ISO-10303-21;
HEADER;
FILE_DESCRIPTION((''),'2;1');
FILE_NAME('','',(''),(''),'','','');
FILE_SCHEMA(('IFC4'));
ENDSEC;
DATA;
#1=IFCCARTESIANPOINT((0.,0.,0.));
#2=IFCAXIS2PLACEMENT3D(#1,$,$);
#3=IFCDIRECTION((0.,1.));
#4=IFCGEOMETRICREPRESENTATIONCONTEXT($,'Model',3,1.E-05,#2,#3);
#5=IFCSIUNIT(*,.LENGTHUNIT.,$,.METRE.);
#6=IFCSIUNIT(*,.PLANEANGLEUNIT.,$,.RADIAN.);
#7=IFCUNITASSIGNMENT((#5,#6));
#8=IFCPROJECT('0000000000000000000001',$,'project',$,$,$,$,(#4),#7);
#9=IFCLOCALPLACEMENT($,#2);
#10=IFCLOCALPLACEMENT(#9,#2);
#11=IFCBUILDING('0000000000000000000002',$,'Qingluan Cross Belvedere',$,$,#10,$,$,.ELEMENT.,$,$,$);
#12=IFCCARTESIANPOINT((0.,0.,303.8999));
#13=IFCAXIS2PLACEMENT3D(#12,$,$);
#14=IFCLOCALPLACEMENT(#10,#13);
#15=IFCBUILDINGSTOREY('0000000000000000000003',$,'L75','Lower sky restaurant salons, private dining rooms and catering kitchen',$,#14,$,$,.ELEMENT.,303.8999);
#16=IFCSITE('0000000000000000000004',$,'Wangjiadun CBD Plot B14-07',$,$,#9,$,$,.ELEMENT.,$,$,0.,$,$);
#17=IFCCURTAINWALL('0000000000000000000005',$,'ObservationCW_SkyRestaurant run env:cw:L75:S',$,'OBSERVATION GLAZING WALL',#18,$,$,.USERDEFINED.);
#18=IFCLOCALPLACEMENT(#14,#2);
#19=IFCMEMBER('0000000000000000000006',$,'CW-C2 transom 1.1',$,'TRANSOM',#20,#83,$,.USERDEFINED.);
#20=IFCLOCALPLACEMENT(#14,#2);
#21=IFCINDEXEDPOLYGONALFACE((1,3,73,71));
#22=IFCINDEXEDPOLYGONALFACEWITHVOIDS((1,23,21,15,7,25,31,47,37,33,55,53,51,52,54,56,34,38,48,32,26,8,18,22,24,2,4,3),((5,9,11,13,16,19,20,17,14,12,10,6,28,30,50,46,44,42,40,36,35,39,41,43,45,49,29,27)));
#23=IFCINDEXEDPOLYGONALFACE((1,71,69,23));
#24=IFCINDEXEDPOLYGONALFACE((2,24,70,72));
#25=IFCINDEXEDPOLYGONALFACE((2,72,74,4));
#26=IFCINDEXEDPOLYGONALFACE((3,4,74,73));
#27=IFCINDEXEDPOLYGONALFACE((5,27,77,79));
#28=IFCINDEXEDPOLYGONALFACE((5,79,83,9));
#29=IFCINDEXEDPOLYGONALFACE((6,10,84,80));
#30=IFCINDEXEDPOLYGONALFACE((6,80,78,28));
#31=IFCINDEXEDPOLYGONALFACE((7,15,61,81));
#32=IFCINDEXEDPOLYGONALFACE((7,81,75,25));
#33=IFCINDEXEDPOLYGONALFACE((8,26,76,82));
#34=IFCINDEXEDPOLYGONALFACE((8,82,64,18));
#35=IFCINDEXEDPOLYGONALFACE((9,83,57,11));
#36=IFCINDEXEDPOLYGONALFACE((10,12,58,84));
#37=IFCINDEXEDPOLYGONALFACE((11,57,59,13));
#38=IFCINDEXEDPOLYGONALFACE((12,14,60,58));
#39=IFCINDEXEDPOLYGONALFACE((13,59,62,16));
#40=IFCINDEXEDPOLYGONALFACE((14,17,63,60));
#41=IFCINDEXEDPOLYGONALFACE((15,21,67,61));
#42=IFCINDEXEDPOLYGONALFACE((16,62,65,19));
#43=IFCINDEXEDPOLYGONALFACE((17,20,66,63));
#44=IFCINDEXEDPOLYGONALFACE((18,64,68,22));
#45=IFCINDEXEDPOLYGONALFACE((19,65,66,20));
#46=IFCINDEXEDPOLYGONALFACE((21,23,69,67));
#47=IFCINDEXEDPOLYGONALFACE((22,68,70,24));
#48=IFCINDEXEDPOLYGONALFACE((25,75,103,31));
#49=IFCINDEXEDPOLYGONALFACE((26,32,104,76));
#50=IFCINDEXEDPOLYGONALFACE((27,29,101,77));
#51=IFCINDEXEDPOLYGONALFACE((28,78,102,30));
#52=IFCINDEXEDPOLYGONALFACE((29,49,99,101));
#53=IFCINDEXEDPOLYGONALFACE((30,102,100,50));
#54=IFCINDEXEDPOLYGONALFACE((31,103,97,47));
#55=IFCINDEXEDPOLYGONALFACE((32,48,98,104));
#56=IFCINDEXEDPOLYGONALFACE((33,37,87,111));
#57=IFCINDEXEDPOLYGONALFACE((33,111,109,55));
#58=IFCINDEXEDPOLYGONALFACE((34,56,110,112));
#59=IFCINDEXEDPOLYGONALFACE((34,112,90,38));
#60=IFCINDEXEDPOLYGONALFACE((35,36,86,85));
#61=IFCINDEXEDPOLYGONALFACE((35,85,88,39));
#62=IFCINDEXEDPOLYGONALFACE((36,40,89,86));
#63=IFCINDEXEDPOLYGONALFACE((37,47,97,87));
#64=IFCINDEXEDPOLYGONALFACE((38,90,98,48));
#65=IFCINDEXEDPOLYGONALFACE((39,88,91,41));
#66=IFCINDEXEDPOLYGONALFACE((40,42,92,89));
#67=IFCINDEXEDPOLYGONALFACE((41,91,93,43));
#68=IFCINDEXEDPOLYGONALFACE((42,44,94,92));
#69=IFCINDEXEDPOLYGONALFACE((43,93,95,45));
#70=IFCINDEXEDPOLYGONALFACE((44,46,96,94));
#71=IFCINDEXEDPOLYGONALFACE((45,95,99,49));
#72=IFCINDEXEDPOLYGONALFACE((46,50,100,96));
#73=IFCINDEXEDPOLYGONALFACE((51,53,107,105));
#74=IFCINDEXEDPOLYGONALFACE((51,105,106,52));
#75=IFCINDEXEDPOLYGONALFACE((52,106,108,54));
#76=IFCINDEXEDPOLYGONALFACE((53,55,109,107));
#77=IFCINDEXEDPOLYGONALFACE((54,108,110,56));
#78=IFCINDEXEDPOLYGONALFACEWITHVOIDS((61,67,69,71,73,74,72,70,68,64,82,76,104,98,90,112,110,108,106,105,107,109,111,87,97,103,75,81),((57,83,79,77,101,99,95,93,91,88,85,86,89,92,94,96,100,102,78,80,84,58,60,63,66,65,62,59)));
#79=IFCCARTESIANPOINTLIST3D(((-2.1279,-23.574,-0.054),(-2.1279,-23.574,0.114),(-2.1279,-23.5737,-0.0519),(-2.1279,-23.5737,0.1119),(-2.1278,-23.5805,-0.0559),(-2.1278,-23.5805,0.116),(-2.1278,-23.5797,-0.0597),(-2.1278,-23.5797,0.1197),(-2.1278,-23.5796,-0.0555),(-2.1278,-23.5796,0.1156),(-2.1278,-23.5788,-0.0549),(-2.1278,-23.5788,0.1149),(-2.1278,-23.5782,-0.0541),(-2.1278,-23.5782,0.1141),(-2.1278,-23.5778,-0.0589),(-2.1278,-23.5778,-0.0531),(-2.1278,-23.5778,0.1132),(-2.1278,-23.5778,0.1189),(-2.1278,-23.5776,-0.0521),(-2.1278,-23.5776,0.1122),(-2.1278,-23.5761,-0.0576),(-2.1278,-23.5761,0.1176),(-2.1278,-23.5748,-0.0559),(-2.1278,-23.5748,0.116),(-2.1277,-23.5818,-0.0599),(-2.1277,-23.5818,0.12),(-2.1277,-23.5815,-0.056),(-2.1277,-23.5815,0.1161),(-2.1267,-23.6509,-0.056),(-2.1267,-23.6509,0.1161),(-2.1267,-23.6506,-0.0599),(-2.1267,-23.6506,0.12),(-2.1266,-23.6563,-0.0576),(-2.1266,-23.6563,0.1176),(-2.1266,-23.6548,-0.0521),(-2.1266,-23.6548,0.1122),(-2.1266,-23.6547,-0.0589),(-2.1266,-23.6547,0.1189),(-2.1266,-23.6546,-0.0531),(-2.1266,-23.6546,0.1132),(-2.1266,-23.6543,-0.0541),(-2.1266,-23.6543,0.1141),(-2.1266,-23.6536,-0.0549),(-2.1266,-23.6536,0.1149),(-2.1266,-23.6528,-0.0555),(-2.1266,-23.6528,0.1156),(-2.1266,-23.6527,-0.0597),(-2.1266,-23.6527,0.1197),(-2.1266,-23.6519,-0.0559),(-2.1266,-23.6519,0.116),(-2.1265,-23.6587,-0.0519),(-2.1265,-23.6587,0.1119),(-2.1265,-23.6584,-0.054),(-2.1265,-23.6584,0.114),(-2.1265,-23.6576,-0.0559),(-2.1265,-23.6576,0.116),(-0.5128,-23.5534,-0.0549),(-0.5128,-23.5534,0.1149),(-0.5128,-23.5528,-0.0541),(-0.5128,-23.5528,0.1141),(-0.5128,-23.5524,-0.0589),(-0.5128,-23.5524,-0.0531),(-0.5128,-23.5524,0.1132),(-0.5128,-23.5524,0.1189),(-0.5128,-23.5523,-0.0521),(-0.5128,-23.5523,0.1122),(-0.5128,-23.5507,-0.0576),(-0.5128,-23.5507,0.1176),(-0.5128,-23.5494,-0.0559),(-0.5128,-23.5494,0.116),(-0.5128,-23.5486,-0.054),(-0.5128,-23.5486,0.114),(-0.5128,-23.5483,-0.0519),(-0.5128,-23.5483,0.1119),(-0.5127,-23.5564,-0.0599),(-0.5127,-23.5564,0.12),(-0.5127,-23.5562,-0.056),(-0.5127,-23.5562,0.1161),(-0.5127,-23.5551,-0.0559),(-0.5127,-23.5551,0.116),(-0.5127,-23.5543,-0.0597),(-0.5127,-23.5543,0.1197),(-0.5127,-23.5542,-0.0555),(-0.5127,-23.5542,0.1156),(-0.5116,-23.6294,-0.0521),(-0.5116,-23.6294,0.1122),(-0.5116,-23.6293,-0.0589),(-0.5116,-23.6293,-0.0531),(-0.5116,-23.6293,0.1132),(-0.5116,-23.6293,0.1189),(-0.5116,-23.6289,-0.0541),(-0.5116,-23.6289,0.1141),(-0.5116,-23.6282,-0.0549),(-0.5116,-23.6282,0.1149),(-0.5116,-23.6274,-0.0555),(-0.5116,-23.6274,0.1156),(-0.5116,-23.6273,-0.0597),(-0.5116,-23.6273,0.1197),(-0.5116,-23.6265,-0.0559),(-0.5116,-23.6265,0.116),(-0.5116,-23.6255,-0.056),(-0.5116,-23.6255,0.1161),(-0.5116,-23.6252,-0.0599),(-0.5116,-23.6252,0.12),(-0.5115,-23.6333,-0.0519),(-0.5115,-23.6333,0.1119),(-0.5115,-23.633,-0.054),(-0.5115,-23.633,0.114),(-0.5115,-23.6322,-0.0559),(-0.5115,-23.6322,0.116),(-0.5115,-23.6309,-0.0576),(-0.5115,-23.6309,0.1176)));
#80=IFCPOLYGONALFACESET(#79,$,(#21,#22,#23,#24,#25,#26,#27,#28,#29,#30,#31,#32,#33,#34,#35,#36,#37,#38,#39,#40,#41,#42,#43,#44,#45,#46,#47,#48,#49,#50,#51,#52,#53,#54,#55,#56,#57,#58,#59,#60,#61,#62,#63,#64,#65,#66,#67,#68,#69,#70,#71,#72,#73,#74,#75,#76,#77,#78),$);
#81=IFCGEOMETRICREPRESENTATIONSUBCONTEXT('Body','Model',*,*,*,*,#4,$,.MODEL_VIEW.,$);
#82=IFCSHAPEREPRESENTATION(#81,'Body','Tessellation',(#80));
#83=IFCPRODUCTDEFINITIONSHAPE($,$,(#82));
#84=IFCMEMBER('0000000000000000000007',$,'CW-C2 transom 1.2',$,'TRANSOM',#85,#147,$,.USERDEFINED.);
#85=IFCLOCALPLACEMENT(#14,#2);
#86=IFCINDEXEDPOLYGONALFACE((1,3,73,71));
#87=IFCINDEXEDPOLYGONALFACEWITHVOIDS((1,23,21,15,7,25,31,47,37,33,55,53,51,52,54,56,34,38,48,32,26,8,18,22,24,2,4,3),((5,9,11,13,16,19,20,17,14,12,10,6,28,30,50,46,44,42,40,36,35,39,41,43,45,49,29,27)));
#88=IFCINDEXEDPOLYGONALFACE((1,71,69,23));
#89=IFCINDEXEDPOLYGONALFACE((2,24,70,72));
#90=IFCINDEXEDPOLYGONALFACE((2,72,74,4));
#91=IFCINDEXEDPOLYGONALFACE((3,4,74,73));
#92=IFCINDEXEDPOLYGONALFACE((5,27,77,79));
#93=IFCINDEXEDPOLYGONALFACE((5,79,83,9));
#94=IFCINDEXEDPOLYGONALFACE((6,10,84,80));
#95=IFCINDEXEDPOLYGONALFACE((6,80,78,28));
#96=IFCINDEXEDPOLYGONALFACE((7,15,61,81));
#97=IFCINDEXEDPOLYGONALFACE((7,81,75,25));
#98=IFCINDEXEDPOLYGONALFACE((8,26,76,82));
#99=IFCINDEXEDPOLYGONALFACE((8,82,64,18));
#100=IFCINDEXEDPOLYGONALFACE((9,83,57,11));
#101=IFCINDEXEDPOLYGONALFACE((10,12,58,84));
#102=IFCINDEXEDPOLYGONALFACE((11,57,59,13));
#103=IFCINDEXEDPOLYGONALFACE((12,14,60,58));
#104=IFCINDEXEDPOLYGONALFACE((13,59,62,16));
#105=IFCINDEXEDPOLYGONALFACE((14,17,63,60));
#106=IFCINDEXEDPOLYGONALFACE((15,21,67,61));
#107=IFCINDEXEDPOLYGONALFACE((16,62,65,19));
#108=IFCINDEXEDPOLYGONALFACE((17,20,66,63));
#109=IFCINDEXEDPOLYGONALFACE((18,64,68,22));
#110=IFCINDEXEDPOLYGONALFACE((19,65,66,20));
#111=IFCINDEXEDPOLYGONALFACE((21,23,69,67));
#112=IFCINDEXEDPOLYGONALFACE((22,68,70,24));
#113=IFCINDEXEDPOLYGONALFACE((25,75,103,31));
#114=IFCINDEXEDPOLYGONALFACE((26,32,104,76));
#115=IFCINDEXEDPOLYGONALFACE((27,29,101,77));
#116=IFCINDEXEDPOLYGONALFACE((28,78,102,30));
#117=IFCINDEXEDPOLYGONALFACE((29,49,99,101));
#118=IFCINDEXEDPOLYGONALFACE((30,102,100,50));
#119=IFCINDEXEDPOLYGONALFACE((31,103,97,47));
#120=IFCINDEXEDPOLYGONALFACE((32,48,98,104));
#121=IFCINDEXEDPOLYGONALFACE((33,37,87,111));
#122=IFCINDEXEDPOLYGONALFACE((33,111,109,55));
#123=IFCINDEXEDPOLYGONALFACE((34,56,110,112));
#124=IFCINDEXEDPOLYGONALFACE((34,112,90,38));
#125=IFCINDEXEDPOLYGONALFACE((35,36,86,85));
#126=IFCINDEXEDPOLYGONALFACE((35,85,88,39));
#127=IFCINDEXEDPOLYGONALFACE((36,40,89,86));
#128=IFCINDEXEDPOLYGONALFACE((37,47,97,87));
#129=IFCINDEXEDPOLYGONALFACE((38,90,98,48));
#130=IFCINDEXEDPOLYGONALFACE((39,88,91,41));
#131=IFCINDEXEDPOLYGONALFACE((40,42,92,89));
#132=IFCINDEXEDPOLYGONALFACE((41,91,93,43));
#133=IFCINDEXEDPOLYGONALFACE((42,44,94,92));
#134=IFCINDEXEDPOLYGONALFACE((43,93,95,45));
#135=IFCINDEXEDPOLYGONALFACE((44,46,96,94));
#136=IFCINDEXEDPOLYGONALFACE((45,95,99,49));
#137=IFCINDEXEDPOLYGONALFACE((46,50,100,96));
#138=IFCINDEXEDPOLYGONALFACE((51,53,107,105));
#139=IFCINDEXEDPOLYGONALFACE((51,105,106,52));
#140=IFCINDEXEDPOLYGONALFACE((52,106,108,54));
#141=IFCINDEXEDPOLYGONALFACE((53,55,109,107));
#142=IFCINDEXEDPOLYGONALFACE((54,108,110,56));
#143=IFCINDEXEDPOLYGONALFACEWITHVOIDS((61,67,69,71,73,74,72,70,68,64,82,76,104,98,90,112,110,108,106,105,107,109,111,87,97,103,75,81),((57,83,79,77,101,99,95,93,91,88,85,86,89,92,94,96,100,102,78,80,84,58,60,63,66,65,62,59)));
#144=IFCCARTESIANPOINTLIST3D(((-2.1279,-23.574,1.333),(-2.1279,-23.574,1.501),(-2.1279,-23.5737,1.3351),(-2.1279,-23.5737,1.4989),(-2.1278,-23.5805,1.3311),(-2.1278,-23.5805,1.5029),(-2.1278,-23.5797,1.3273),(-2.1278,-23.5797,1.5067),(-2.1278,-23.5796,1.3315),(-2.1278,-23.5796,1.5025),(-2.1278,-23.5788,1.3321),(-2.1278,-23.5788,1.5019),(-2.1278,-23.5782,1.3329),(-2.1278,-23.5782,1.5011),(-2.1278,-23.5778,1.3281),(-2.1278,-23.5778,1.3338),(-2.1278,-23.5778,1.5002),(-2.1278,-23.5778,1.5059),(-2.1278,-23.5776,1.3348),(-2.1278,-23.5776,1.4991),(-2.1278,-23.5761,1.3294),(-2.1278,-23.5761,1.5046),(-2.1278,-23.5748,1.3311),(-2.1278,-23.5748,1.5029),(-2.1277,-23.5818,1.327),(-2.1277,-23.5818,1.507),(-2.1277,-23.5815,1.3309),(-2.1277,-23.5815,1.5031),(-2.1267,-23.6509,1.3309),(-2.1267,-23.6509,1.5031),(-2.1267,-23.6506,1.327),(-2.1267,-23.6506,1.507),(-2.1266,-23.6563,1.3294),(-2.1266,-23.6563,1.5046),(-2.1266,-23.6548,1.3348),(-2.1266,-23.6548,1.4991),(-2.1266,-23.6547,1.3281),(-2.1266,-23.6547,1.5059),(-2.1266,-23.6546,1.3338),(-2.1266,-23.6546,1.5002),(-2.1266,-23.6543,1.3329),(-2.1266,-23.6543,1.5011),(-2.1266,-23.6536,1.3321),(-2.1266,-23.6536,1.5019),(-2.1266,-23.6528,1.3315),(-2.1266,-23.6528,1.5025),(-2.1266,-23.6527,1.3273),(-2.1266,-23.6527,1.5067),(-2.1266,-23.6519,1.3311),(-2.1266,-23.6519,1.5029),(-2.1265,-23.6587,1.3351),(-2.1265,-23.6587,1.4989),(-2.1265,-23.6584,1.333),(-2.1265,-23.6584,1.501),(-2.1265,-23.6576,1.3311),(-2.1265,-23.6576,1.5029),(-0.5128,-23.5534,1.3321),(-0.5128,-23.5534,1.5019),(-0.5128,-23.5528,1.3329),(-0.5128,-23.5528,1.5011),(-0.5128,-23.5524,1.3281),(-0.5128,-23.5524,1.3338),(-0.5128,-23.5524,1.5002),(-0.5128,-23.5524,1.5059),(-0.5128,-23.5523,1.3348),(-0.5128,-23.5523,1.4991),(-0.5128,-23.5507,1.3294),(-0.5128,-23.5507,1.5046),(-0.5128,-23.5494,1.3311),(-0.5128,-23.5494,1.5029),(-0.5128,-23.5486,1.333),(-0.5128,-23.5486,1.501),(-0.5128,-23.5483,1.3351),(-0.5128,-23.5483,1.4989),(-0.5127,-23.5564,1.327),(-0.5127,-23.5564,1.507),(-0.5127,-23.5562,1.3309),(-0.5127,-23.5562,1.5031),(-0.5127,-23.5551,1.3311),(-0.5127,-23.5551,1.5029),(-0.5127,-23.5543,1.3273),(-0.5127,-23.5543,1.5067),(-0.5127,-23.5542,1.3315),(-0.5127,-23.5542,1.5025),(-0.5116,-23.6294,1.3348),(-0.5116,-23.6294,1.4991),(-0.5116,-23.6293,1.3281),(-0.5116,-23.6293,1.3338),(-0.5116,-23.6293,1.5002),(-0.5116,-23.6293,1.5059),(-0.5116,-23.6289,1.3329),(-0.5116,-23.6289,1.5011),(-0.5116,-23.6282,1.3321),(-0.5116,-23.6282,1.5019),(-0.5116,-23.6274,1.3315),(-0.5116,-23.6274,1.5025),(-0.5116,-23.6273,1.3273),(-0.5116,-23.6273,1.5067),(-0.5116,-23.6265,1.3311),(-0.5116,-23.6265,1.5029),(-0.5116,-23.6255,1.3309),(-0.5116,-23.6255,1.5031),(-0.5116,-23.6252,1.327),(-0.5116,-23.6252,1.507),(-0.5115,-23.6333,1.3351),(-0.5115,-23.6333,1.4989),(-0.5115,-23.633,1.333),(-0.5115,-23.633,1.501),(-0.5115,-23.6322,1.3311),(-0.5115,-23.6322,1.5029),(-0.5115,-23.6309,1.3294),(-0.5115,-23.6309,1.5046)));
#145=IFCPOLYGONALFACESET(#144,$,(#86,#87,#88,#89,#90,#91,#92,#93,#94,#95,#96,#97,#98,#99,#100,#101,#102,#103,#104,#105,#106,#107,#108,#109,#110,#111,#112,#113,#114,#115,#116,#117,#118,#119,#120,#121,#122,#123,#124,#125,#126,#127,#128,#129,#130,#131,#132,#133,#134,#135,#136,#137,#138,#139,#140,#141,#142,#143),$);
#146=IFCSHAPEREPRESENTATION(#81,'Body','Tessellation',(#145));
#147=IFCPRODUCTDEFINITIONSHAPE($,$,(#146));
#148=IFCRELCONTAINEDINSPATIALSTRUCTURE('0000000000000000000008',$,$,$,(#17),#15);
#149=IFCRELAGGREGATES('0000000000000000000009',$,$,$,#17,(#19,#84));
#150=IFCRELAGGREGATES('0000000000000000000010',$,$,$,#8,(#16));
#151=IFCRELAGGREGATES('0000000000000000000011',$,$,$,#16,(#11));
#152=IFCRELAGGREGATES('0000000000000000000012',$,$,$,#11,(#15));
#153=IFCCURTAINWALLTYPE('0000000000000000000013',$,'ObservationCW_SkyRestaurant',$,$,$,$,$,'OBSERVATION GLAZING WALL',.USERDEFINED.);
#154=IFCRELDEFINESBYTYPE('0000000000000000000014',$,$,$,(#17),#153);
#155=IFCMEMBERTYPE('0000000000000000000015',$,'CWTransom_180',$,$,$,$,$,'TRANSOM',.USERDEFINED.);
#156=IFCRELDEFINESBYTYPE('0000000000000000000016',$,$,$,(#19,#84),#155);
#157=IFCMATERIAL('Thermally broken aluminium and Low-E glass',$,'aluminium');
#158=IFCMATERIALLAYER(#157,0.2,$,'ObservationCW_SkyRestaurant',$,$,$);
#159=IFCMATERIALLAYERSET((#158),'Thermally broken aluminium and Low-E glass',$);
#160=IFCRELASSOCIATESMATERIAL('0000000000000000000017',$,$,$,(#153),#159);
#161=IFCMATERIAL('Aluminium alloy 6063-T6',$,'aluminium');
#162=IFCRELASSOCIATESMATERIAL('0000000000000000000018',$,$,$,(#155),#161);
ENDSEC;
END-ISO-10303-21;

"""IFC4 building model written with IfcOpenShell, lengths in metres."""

from ifc_helpers import new_model, si_unit, direction, frame, origin, origin_2d, place, context, subcontext, project, spatial, hollow_rectangle, extrude, material, layer, layer_set, material_profile, profile_set, type_object, element, aggregate, save


model = new_model("IFC4")

# Units and contexts
model_context = context("Model", 3, precision=1e-05, world=origin(), true_north=direction((0.0, 1.0)))
body_context = subcontext(model_context, "Body", "Model", "MODEL_VIEW")
ifc_project = project(units=[si_unit("LENGTHUNIT", "METRE"), si_unit("PLANEANGLEUNIT", "RADIAN")], contexts=[model_context])

# Site, building, storey
site_placement = place(None, origin())
site = spatial("IfcSite", under=ifc_project, at=site_placement, Name="Wangjiadun CBD Plot B14-07", CompositionType="ELEMENT", RefElevation=0.0)
building_placement = place(site_placement, origin())
building = spatial("IfcBuilding", under=site, at=building_placement, Name="Qingluan Cross Belvedere", CompositionType="ELEMENT")
storey_placement = place(building_placement, frame((0.0, 0.0, 303.8999)))
storey = spatial("IfcBuildingStorey", under=building, at=storey_placement, Name="L75", Description="Lower sky restaurant salons, private dining rooms and catering kitchen", CompositionType="ELEMENT", Elevation=303.8999)

# Curtain wall, members
ifc_material_1 = material(Name="Thermally broken aluminium and Low-E glass", Category="aluminium")
ifc_layer_1 = layer(ifc_material_1, 0.2, Name="ObservationCW_SkyRestaurant")
ifc_layer_set_1 = layer_set([ifc_layer_1], Name="Thermally broken aluminium and Low-E glass")
curtain_wall_type = type_object("IfcCurtainWallType", Name="ObservationCW_SkyRestaurant", ElementType="OBSERVATION GLAZING WALL", PredefinedType="USERDEFINED", material=ifc_layer_set_1)
curtain_wall_placement = place(storey_placement, origin())
curtain_wall = element("IfcCurtainWall", 1, at=curtain_wall_placement, inside=storey, type_object=curtain_wall_type, Name="ObservationCW_SkyRestaurant run env:cw:L75:S", ObjectType="OBSERVATION GLAZING WALL", PredefinedType="USERDEFINED")
ifc_material_2 = material(Name="Aluminium alloy 6063-T6", Category="aluminium")
ifc_material_profile_1 = material_profile(ifc_material_2, hollow_rectangle(XDim=0.085, YDim=0.1799, WallThickness=0.0039, InnerFilletRadius=0.0039, OuterFilletRadius=0.0081, at=origin_2d()), Name="CWT180x85x4")
ifc_profile_set_1 = profile_set([ifc_material_profile_1], Name="Aluminium alloy 6063-T6")
member_type_1 = type_object("IfcMemberType", Name="CWTransom_180", ElementType="TRANSOM", PredefinedType="USERDEFINED", material=ifc_profile_set_1)
member_1_placement = place(storey_placement, frame((-2.1272, -23.6162, 0.03), z_axis=(0.999876, 0.01572, 0.0), x_axis=(-0.01572, 0.999876, 0.0)))
member_1 = element("IfcMember", 2, at=member_1_placement, type_object=member_type_1, Name="CW-C2 transom 1.1", ObjectType="TRANSOM", PredefinedType="USERDEFINED", context=body_context, shape_type="SweptSolid", body=[
    extrude(hollow_rectangle(XDim=0.085, YDim=0.1799, WallThickness=0.0039, InnerFilletRadius=0.0039, OuterFilletRadius=0.0081, at=origin_2d()), origin(), (0.0, 0.0, 1.0), 1.6152),
])
member_2_placement = place(storey_placement, frame((-2.1272, -23.6162, 1.417), z_axis=(0.999876, 0.01572, 0.0), x_axis=(-0.01572, 0.999876, 0.0)))
member_2 = element("IfcMember", 3, at=member_2_placement, type_object=member_type_1, Name="CW-C2 transom 1.2", ObjectType="TRANSOM", PredefinedType="USERDEFINED", context=body_context, shape_type="SweptSolid", body=[
    extrude(hollow_rectangle(XDim=0.085, YDim=0.1799, WallThickness=0.0039, InnerFilletRadius=0.0039, OuterFilletRadius=0.0081, at=origin_2d()), origin(), (0.0, 0.0, 1.0), 1.6152),
])
aggregate(curtain_wall, [member_1, member_2])

save(model, "model.ifc")
